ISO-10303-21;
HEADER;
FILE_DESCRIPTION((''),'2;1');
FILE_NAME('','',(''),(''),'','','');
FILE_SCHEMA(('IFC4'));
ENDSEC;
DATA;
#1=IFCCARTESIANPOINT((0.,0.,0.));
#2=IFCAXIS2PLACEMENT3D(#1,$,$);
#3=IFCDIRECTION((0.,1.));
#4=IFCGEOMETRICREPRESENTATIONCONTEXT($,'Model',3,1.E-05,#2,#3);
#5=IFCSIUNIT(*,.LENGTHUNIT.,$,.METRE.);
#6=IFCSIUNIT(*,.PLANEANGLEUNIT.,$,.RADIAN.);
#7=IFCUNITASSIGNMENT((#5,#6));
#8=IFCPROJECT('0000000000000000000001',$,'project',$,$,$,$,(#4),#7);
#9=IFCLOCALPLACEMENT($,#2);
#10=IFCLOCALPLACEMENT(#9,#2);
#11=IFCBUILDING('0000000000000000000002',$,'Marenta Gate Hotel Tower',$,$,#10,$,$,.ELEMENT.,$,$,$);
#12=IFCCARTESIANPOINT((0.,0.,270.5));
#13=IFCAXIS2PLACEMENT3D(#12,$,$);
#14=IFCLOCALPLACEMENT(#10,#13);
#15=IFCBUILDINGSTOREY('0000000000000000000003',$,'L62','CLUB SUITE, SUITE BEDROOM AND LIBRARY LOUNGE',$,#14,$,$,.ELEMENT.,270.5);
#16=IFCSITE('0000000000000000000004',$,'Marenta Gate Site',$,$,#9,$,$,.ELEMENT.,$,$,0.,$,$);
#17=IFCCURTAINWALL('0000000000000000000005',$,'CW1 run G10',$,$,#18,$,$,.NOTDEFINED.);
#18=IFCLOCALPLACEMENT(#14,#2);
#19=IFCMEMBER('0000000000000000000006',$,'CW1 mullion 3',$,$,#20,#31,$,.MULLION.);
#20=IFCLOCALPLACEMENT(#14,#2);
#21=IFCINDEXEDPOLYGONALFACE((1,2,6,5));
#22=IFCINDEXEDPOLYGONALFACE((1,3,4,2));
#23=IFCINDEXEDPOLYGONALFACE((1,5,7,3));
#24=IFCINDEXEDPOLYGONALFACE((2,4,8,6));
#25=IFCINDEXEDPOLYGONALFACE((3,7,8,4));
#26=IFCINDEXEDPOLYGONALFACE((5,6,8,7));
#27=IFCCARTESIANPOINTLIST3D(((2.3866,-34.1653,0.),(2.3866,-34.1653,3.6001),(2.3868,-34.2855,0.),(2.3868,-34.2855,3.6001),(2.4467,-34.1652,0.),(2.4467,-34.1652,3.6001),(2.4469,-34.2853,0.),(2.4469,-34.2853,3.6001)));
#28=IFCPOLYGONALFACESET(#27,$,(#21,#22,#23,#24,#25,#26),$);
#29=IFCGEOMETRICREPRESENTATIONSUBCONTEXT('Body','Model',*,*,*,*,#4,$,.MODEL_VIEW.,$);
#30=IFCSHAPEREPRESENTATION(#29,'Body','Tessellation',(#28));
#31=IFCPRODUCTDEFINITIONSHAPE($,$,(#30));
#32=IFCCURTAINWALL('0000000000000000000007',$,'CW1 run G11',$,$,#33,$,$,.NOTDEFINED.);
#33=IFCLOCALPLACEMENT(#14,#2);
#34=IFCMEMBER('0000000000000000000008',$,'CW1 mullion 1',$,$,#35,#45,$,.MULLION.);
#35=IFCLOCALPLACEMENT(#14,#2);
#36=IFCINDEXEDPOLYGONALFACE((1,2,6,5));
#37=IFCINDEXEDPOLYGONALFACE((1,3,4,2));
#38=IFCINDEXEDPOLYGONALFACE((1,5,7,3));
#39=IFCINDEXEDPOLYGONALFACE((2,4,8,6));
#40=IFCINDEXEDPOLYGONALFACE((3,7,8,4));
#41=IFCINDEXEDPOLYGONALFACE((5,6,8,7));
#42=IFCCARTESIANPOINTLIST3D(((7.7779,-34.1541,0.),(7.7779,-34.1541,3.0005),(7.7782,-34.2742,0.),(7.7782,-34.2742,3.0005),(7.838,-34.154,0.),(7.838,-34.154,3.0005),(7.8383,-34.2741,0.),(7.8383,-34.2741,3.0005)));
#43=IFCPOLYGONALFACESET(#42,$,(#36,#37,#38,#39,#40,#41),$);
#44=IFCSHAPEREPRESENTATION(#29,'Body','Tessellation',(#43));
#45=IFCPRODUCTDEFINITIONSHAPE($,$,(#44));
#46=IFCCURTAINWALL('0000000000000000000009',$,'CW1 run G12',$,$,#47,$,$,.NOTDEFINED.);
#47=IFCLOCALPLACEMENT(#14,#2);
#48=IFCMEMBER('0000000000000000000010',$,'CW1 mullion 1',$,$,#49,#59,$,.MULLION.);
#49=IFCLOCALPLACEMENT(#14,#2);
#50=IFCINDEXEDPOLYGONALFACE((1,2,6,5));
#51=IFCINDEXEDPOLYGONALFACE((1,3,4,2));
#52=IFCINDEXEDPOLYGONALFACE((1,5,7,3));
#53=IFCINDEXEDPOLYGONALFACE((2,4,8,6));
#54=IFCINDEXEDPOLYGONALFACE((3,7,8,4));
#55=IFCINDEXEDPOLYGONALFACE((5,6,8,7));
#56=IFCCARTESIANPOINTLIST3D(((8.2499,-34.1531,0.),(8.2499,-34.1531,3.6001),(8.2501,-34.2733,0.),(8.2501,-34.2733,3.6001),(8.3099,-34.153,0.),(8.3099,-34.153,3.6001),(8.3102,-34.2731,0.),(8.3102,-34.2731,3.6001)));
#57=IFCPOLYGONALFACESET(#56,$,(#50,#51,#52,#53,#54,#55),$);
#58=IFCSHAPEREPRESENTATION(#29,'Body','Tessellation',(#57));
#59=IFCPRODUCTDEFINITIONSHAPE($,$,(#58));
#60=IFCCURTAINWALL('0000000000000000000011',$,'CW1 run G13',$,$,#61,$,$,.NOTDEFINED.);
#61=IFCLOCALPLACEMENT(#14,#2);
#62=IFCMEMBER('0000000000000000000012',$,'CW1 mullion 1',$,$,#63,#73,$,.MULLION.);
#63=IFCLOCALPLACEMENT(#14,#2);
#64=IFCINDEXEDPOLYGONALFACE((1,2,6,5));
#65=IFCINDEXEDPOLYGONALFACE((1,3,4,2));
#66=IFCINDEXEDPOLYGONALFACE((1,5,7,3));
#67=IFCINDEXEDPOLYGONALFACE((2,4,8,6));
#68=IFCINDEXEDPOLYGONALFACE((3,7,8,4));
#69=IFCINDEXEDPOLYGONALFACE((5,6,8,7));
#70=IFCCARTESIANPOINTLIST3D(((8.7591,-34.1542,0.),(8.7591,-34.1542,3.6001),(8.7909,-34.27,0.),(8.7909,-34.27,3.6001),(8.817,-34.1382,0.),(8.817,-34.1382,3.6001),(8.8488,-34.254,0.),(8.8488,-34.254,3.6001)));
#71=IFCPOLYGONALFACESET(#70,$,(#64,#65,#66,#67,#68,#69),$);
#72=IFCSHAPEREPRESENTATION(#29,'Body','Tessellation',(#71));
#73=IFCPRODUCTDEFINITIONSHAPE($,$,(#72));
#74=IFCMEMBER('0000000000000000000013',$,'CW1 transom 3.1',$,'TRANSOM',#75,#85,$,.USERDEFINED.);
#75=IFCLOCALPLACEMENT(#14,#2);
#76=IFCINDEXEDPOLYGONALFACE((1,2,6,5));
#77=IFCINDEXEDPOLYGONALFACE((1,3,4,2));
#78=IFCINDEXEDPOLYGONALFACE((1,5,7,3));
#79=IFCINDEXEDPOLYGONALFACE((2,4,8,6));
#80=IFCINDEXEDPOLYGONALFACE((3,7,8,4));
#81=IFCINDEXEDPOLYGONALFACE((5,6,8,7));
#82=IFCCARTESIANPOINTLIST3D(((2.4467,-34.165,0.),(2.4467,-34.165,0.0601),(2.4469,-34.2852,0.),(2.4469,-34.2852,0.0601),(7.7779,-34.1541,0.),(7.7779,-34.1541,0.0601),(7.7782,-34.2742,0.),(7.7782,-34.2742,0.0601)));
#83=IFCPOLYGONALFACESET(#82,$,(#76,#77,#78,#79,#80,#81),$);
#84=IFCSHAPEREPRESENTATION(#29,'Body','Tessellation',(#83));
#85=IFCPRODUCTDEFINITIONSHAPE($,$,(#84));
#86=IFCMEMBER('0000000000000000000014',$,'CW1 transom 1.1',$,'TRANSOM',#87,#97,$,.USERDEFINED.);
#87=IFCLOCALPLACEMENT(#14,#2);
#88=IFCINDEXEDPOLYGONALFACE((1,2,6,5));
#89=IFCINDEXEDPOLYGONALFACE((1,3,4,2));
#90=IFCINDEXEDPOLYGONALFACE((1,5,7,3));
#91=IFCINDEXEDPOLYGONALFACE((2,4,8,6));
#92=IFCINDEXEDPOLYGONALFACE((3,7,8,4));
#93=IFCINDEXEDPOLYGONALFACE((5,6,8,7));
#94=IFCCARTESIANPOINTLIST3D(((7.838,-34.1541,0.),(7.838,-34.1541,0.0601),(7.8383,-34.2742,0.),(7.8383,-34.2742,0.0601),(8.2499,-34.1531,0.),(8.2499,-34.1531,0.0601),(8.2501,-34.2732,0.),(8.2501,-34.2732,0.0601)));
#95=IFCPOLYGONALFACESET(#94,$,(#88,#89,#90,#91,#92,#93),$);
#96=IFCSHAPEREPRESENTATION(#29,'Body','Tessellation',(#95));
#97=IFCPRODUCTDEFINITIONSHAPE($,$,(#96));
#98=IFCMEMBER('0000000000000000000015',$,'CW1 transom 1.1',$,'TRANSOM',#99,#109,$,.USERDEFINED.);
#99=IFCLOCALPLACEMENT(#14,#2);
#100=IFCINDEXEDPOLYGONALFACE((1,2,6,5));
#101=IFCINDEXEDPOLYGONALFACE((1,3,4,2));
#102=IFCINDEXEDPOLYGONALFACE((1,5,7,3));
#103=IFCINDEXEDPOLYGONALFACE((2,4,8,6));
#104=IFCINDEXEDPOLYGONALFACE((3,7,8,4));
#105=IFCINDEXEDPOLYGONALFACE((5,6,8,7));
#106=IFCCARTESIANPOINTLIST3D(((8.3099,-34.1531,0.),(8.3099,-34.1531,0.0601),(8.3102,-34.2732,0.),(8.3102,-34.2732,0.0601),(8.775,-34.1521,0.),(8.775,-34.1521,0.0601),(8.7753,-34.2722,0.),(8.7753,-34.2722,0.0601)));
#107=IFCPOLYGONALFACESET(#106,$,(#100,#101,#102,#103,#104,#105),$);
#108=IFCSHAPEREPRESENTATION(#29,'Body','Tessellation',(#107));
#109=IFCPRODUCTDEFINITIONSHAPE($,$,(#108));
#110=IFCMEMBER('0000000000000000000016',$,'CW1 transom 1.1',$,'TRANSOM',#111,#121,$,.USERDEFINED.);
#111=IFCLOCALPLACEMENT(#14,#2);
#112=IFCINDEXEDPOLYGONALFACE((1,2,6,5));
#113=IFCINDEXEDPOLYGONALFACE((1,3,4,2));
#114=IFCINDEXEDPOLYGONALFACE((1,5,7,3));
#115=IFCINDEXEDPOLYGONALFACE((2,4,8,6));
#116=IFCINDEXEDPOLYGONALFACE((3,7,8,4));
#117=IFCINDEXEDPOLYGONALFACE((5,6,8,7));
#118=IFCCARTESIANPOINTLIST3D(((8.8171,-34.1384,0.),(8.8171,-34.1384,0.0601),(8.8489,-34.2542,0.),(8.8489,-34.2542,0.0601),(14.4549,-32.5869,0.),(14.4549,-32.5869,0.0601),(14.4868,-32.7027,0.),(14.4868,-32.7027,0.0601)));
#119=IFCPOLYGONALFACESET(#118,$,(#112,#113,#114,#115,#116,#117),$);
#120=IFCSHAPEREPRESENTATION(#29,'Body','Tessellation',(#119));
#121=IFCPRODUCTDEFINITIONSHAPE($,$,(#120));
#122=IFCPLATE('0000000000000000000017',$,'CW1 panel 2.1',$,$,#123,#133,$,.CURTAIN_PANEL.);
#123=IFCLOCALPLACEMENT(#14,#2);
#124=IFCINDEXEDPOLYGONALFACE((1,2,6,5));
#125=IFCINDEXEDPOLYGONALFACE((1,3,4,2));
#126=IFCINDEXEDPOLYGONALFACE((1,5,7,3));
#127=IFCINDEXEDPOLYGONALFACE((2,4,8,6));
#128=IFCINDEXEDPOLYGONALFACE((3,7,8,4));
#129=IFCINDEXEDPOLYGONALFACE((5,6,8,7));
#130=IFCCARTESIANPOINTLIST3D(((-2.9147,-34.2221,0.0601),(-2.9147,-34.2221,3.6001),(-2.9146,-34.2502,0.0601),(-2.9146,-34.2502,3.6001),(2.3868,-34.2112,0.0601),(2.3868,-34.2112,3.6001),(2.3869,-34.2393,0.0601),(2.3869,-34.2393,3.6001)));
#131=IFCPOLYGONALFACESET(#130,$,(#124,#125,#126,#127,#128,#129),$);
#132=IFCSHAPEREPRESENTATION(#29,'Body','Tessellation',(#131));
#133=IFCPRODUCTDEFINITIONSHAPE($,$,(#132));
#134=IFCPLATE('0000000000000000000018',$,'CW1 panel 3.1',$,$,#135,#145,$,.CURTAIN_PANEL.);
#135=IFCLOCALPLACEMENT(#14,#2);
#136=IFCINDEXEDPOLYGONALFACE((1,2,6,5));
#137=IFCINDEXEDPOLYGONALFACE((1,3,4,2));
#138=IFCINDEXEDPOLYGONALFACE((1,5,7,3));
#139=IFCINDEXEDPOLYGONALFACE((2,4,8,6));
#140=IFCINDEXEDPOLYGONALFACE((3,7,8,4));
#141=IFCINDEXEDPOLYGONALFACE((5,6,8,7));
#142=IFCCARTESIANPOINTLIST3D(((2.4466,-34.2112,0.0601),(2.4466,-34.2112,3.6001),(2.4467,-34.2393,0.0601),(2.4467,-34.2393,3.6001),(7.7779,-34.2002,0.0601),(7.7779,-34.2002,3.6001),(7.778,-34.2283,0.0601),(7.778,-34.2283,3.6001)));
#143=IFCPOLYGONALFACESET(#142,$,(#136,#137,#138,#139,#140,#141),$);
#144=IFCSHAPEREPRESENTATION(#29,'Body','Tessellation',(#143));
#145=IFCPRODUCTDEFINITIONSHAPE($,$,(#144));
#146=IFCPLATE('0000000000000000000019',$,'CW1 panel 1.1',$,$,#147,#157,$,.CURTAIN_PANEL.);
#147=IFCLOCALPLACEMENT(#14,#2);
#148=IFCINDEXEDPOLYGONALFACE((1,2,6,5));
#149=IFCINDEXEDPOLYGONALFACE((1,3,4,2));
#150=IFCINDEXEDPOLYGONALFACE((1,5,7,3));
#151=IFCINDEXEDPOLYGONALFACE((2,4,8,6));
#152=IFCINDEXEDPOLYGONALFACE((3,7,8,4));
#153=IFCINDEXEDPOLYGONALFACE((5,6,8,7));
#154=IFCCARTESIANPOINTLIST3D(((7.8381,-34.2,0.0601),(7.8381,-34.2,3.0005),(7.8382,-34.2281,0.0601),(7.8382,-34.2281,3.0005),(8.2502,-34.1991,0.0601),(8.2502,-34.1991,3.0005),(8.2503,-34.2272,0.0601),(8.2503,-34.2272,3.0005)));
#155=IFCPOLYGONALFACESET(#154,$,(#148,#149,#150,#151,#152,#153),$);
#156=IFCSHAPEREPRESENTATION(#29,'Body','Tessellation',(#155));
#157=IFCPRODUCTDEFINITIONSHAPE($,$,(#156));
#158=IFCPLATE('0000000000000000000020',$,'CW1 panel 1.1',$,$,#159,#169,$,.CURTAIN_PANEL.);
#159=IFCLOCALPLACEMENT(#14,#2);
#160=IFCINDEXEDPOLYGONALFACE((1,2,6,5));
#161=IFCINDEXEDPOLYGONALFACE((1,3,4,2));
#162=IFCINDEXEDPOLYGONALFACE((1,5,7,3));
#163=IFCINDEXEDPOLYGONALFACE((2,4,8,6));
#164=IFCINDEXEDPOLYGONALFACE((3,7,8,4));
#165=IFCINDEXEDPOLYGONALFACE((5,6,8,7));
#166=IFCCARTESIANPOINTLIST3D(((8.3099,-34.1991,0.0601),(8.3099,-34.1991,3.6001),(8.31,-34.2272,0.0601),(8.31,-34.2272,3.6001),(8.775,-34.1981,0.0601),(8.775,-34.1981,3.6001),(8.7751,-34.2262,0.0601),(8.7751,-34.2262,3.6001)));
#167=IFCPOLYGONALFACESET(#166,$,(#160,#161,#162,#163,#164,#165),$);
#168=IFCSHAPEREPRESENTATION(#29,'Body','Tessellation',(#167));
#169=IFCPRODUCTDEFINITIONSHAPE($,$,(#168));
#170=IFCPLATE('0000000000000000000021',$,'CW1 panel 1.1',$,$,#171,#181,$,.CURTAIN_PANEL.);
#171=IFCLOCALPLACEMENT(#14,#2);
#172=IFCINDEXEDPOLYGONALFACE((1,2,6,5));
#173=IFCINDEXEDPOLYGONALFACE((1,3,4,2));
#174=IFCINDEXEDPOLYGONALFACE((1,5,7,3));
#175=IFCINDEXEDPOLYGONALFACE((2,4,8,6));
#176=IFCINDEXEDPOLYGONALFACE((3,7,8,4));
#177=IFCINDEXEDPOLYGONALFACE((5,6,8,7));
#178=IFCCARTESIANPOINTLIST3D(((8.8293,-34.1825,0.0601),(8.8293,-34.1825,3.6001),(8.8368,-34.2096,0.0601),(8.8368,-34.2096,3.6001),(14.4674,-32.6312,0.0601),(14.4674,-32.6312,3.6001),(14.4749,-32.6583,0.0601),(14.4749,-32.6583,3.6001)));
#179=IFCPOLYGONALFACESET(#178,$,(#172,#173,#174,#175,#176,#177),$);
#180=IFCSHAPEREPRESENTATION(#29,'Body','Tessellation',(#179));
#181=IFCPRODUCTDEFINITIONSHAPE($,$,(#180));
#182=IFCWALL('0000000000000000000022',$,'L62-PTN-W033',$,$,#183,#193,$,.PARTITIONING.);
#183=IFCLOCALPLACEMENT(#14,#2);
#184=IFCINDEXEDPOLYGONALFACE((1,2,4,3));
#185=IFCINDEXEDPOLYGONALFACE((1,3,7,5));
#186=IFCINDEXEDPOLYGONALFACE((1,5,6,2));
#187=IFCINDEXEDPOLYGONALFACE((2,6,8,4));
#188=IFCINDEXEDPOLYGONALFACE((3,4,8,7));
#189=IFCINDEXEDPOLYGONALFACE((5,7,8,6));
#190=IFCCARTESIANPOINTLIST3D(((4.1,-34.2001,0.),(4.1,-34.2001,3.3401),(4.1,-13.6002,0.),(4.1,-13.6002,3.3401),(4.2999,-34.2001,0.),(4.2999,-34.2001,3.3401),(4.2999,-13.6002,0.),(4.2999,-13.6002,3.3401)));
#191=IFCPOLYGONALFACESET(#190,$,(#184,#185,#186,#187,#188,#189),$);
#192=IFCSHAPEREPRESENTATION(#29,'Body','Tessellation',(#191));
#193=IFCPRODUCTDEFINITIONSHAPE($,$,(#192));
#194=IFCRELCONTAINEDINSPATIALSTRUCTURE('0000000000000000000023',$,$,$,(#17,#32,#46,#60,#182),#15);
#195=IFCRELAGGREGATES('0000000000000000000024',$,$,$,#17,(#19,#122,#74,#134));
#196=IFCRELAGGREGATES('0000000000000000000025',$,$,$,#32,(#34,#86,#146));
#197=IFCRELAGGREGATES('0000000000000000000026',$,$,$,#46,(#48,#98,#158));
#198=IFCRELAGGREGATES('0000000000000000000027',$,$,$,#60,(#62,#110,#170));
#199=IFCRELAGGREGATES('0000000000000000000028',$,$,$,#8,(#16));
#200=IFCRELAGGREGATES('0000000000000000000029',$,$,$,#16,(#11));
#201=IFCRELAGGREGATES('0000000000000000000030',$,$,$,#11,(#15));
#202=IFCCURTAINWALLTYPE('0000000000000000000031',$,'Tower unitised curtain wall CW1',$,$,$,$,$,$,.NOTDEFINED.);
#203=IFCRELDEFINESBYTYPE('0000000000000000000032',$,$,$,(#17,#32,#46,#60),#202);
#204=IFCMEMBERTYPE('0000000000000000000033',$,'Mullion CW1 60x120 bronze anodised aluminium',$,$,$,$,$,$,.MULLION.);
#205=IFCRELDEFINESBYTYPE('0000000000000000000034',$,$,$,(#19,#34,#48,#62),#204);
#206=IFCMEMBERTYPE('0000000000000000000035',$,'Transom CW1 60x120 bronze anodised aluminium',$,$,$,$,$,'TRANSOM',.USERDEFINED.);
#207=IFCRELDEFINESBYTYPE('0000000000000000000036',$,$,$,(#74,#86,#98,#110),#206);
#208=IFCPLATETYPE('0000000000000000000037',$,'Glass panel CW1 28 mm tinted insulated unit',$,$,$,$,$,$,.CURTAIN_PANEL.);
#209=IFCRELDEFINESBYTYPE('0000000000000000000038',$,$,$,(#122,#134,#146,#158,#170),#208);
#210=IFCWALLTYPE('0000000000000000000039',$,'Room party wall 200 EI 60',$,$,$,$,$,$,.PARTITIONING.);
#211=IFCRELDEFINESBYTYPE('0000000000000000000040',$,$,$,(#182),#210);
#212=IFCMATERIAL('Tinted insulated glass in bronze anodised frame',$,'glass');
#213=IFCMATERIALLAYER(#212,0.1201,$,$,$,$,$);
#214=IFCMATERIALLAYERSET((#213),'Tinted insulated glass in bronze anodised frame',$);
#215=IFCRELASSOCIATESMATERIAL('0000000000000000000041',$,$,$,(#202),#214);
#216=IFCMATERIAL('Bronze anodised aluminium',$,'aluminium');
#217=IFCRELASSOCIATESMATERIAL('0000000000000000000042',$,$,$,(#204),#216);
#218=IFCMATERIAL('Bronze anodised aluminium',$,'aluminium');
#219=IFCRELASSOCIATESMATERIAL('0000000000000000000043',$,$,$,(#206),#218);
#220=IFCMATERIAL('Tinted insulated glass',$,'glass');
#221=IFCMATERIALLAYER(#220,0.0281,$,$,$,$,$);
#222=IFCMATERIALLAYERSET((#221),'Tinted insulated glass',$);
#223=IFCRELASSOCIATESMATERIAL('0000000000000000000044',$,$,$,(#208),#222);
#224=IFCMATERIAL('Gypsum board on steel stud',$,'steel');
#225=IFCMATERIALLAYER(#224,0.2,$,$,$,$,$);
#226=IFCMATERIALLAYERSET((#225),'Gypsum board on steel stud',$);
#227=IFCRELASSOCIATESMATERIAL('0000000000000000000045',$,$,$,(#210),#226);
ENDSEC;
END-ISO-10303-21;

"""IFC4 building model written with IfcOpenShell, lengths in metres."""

from ifc_helpers import new_model, si_unit, direction, frame, frame_2d, origin, origin_2d, place, context, subcontext, project, spatial, rectangle, extrude, material, layer, layer_set, material_profile, profile_set, type_object, element, aggregate, save


model = new_model("IFC4")

# Units and contexts
model_context = context("Model", 3, precision=1e-05, world=origin(), true_north=direction((0.0, 1.0)))
body_context = subcontext(model_context, "Body", "Model", "MODEL_VIEW")
ifc_project = project(units=[si_unit("LENGTHUNIT", "METRE"), si_unit("PLANEANGLEUNIT", "RADIAN")], contexts=[model_context])

# Site, building, storey
site_placement = place(None, origin())
site = spatial("IfcSite", under=ifc_project, at=site_placement, Name="Marenta Gate Site", CompositionType="ELEMENT", RefElevation=0.0)
building_placement = place(site_placement, origin())
building = spatial("IfcBuilding", under=site, at=building_placement, Name="Marenta Gate Hotel Tower", CompositionType="ELEMENT")
storey_placement = place(building_placement, frame((0.0, 0.0, 270.5)))
storey = spatial("IfcBuildingStorey", under=building, at=storey_placement, Name="L62", Description="CLUB SUITE, SUITE BEDROOM AND LIBRARY LOUNGE", CompositionType="ELEMENT", Elevation=270.5)

# Curtain walls, members
ifc_material_1 = material(Name="Tinted insulated glass in bronze anodised frame", Category="glass")
ifc_layer_1 = layer(ifc_material_1, 0.1201)
ifc_layer_set_1 = layer_set([ifc_layer_1], Name="Tinted insulated glass in bronze anodised frame")
curtain_wall_type = type_object("IfcCurtainWallType", Name="Tower unitised curtain wall CW1", PredefinedType="NOTDEFINED", material=ifc_layer_set_1)
curtain_wall_1_placement = place(storey_placement, origin())
curtain_wall_1 = element("IfcCurtainWall", 1, at=curtain_wall_1_placement, inside=storey, type_object=curtain_wall_type, Name="CW1 run G10", PredefinedType="NOTDEFINED")
ifc_material_2 = material(Name="Bronze anodised aluminium", Category="aluminium")
ifc_material_profile_1 = material_profile(ifc_material_2, rectangle(XDim=0.1201, YDim=0.0601, at=origin_2d()), Name="Mullion CW1 60x120 bronze anodised aluminium")
ifc_profile_set_1 = profile_set([ifc_material_profile_1], Name="Bronze anodised aluminium")
member_type_1 = type_object("IfcMemberType", Name="Mullion CW1 60x120 bronze anodised aluminium", PredefinedType="MULLION", material=ifc_profile_set_1)
member_1_placement = place(storey_placement, frame((2.4167, -34.2253, 0.0), z_axis=(0.0, 0.0, 1.0), x_axis=(-0.002064, 0.999998, 0.0)))
member_1 = element("IfcMember", 2, at=member_1_placement, type_object=member_type_1, Name="CW1 mullion 3", PredefinedType="MULLION", context=body_context, shape_type="SweptSolid", body=[
    extrude(rectangle(XDim=0.1201, YDim=0.0601, at=origin_2d()), origin(), (0.0, 0.0, 1.0), 3.6001),
])
curtain_wall_2_placement = place(storey_placement, origin())
curtain_wall_2 = element("IfcCurtainWall", 3, at=curtain_wall_2_placement, inside=storey, type_object=curtain_wall_type, Name="CW1 run G11", PredefinedType="NOTDEFINED")
member_2_placement = place(storey_placement, frame((7.8081, -34.2141, 0.0), z_axis=(0.0, 0.0, 1.0), x_axis=(-0.002119, 0.999998, 0.0)))
member_2 = element("IfcMember", 4, at=member_2_placement, type_object=member_type_1, Name="CW1 mullion 1", PredefinedType="MULLION", context=body_context, shape_type="SweptSolid", body=[
    extrude(rectangle(XDim=0.1201, YDim=0.0601, at=origin_2d()), origin(), (0.0, 0.0, 1.0), 3.0005),
])
curtain_wall_3_placement = place(storey_placement, origin())
curtain_wall_3 = element("IfcCurtainWall", 5, at=curtain_wall_3_placement, inside=storey, type_object=curtain_wall_type, Name="CW1 run G12", PredefinedType="NOTDEFINED")
member_3_placement = place(storey_placement, frame((8.28, -34.2131, 0.0), z_axis=(0.0, 0.0, 1.0), x_axis=(-0.002095, 0.999998, 0.0)))
member_3 = element("IfcMember", 6, at=member_3_placement, type_object=member_type_1, Name="CW1 mullion 1", PredefinedType="MULLION", context=body_context, shape_type="SweptSolid", body=[
    extrude(rectangle(XDim=0.1201, YDim=0.0601, at=origin_2d()), origin(), (0.0, 0.0, 1.0), 3.6001),
])
curtain_wall_4_placement = place(storey_placement, origin())
curtain_wall_4 = element("IfcCurtainWall", 7, at=curtain_wall_4_placement, inside=storey, type_object=curtain_wall_type, Name="CW1 run G13", PredefinedType="NOTDEFINED")
member_4_placement = place(storey_placement, frame((8.804, -34.2041, 0.0), z_axis=(0.0, 0.0, 1.0), x_axis=(-0.265292, 0.964168, 0.0)))
member_4 = element("IfcMember", 8, at=member_4_placement, type_object=member_type_1, Name="CW1 mullion 1", PredefinedType="MULLION", context=body_context, shape_type="SweptSolid", body=[
    extrude(rectangle(XDim=0.1201, YDim=0.0601, at=origin_2d()), origin(), (0.0, 0.0, 1.0), 3.6001),
])

# Members
ifc_material_3 = material(Name="Bronze anodised aluminium", Category="aluminium")
ifc_material_profile_2 = material_profile(ifc_material_3, rectangle(XDim=0.1201, YDim=0.0601, at=origin_2d()), Name="Transom CW1 60x120 bronze anodised aluminium")
ifc_profile_set_2 = profile_set([ifc_material_profile_2], Name="Bronze anodised aluminium")
member_type_2 = type_object("IfcMemberType", Name="Transom CW1 60x120 bronze anodised aluminium", ElementType="TRANSOM", PredefinedType="USERDEFINED", material=ifc_profile_set_2)
member_5_placement = place(storey_placement, frame((2.4468, -34.2251, 0.03), z_axis=(0.999998, 0.002061, 0.0), x_axis=(-0.002061, 0.999998, 0.0)))
member_5 = element("IfcMember", 9, at=member_5_placement, type_object=member_type_2, Name="CW1 transom 3.1", ObjectType="TRANSOM", PredefinedType="USERDEFINED", context=body_context, shape_type="SweptSolid", body=[
    extrude(rectangle(XDim=0.1201, YDim=0.0601, at=origin_2d()), origin(), (0.0, 0.0, 1.0), 5.3313),
])
member_6_placement = place(storey_placement, frame((7.8381, -34.2141, 0.03), z_axis=(0.999997, 0.002371, 0.0), x_axis=(-0.002371, 0.999997, 0.0)))
member_6 = element("IfcMember", 10, at=member_6_placement, type_object=member_type_2, Name="CW1 transom 1.1", ObjectType="TRANSOM", PredefinedType="USERDEFINED", context=body_context, shape_type="SweptSolid", body=[
    extrude(rectangle(XDim=0.1201, YDim=0.0601, at=origin_2d()), origin(), (0.0, 0.0, 1.0), 0.4119),
])
member_7_placement = place(storey_placement, frame((8.3101, -34.2131, 0.03), z_axis=(0.999998, 0.0021, 0.0), x_axis=(-0.0021, 0.999998, 0.0)))
member_7 = element("IfcMember", 11, at=member_7_placement, type_object=member_type_2, Name="CW1 transom 1.1", ObjectType="TRANSOM", PredefinedType="USERDEFINED", context=body_context, shape_type="SweptSolid", body=[
    extrude(rectangle(XDim=0.1201, YDim=0.0601, at=origin_2d()), origin(), (0.0, 0.0, 1.0), 0.4651),
])
member_8_placement = place(storey_placement, frame((8.833, -34.1963, 0.03), z_axis=(0.964158, 0.265328, 0.0), x_axis=(-0.265328, 0.964158, 0.0)))
member_8 = element("IfcMember", 12, at=member_8_placement, type_object=member_type_2, Name="CW1 transom 1.1", ObjectType="TRANSOM", PredefinedType="USERDEFINED", context=body_context, shape_type="SweptSolid", body=[
    extrude(rectangle(XDim=0.1201, YDim=0.0601, at=origin_2d()), origin(), (0.0, 0.0, 1.0), 5.8474),
])

# Plates
ifc_material_4 = material(Name="Tinted insulated glass", Category="glass")
ifc_layer_2 = layer(ifc_material_4, 0.0281)
ifc_layer_set_2 = layer_set([ifc_layer_2], Name="Tinted insulated glass")
plate_type = type_object("IfcPlateType", Name="Glass panel CW1 28 mm tinted insulated unit", PredefinedType="CURTAIN_PANEL", material=ifc_layer_set_2)
plate_1_placement = place(storey_placement, frame((-0.2639, -34.2307, 0.0601), z_axis=(0.0, 0.0, 1.0), x_axis=(0.999998, 0.002064, 0.0)))
plate_1 = element("IfcPlate", 13, at=plate_1_placement, type_object=plate_type, Name="CW1 panel 2.1", PredefinedType="CURTAIN_PANEL", context=body_context, shape_type="SweptSolid", body=[
    extrude(rectangle(XDim=5.3015, YDim=0.0281, at=origin_2d()), origin(), (0.0, 0.0, 1.0), 3.54),
])
plate_2_placement = place(storey_placement, frame((5.1123, -34.2197, 0.0601), z_axis=(0.0, 0.0, 1.0), x_axis=(0.999998, 0.002064, 0.0)))
plate_2 = element("IfcPlate", 14, at=plate_2_placement, type_object=plate_type, Name="CW1 panel 3.1", PredefinedType="CURTAIN_PANEL", context=body_context, shape_type="SweptSolid", body=[
    extrude(rectangle(XDim=5.3313, YDim=0.0281, at=origin_2d()), origin(), (0.0, 0.0, 1.0), 3.54),
])
aggregate(curtain_wall_1, [member_1, plate_1, member_5, plate_2])
plate_3_placement = place(storey_placement, frame((8.0442, -34.2136, 0.0601), z_axis=(0.0, 0.0, 1.0), x_axis=(0.999998, 0.002119, 0.0)))
plate_3 = element("IfcPlate", 15, at=plate_3_placement, type_object=plate_type, Name="CW1 panel 1.1", PredefinedType="CURTAIN_PANEL", context=body_context, shape_type="SweptSolid", body=[
    extrude(rectangle(XDim=0.4121, YDim=0.0281, at=origin_2d()), origin(), (0.0, 0.0, 1.0), 2.9404),
])
aggregate(curtain_wall_2, [member_2, member_6, plate_3])
plate_4_placement = place(storey_placement, frame((8.5425, -34.2126, 0.0601), z_axis=(0.0, 0.0, 1.0), x_axis=(0.999998, 0.002095, 0.0)))
plate_4 = element("IfcPlate", 16, at=plate_4_placement, type_object=plate_type, Name="CW1 panel 1.1", PredefinedType="CURTAIN_PANEL", context=body_context, shape_type="SweptSolid", body=[
    extrude(rectangle(XDim=0.4651, YDim=0.0281, at=origin_2d()), origin(), (0.0, 0.0, 1.0), 3.54),
])
aggregate(curtain_wall_3, [member_3, member_7, plate_4])
plate_5_placement = place(storey_placement, frame((11.6521, -33.4204, 0.0601), z_axis=(0.0, 0.0, 1.0), x_axis=(0.964168, 0.265292, 0.0)))
plate_5 = element("IfcPlate", 17, at=plate_5_placement, type_object=plate_type, Name="CW1 panel 1.1", PredefinedType="CURTAIN_PANEL", context=body_context, shape_type="SweptSolid", body=[
    extrude(rectangle(XDim=5.8477, YDim=0.0281, at=origin_2d()), origin(), (0.0, 0.0, 1.0), 3.54),
])
aggregate(curtain_wall_4, [member_4, member_8, plate_5])

# Wall
ifc_material_5 = material(Name="Gypsum board on steel stud", Category="steel")
ifc_layer_3 = layer(ifc_material_5, 0.2)
ifc_layer_set_3 = layer_set([ifc_layer_3], Name="Gypsum board on steel stud")
wall_type = type_object("IfcWallType", Name="Room party wall 200 EI 60", PredefinedType="PARTITIONING", material=ifc_layer_set_3)
wall_placement = place(storey_placement, frame((4.2, -34.2, 0.0), z_axis=(0.0, 0.0, 1.0), x_axis=(0.0, 1.0, 0.0)))
element("IfcWall", 18, at=wall_placement, inside=storey, type_object=wall_type, Name="L62-PTN-W033", PredefinedType="PARTITIONING", context=body_context, shape_type="SweptSolid", body=[
    extrude(rectangle(XDim=20.5999, YDim=0.2, at=frame_2d((10.2998, 0.0))), origin(), (0.0, 0.0, 1.0), 3.3401),
])

save(model, "model.ifc")
